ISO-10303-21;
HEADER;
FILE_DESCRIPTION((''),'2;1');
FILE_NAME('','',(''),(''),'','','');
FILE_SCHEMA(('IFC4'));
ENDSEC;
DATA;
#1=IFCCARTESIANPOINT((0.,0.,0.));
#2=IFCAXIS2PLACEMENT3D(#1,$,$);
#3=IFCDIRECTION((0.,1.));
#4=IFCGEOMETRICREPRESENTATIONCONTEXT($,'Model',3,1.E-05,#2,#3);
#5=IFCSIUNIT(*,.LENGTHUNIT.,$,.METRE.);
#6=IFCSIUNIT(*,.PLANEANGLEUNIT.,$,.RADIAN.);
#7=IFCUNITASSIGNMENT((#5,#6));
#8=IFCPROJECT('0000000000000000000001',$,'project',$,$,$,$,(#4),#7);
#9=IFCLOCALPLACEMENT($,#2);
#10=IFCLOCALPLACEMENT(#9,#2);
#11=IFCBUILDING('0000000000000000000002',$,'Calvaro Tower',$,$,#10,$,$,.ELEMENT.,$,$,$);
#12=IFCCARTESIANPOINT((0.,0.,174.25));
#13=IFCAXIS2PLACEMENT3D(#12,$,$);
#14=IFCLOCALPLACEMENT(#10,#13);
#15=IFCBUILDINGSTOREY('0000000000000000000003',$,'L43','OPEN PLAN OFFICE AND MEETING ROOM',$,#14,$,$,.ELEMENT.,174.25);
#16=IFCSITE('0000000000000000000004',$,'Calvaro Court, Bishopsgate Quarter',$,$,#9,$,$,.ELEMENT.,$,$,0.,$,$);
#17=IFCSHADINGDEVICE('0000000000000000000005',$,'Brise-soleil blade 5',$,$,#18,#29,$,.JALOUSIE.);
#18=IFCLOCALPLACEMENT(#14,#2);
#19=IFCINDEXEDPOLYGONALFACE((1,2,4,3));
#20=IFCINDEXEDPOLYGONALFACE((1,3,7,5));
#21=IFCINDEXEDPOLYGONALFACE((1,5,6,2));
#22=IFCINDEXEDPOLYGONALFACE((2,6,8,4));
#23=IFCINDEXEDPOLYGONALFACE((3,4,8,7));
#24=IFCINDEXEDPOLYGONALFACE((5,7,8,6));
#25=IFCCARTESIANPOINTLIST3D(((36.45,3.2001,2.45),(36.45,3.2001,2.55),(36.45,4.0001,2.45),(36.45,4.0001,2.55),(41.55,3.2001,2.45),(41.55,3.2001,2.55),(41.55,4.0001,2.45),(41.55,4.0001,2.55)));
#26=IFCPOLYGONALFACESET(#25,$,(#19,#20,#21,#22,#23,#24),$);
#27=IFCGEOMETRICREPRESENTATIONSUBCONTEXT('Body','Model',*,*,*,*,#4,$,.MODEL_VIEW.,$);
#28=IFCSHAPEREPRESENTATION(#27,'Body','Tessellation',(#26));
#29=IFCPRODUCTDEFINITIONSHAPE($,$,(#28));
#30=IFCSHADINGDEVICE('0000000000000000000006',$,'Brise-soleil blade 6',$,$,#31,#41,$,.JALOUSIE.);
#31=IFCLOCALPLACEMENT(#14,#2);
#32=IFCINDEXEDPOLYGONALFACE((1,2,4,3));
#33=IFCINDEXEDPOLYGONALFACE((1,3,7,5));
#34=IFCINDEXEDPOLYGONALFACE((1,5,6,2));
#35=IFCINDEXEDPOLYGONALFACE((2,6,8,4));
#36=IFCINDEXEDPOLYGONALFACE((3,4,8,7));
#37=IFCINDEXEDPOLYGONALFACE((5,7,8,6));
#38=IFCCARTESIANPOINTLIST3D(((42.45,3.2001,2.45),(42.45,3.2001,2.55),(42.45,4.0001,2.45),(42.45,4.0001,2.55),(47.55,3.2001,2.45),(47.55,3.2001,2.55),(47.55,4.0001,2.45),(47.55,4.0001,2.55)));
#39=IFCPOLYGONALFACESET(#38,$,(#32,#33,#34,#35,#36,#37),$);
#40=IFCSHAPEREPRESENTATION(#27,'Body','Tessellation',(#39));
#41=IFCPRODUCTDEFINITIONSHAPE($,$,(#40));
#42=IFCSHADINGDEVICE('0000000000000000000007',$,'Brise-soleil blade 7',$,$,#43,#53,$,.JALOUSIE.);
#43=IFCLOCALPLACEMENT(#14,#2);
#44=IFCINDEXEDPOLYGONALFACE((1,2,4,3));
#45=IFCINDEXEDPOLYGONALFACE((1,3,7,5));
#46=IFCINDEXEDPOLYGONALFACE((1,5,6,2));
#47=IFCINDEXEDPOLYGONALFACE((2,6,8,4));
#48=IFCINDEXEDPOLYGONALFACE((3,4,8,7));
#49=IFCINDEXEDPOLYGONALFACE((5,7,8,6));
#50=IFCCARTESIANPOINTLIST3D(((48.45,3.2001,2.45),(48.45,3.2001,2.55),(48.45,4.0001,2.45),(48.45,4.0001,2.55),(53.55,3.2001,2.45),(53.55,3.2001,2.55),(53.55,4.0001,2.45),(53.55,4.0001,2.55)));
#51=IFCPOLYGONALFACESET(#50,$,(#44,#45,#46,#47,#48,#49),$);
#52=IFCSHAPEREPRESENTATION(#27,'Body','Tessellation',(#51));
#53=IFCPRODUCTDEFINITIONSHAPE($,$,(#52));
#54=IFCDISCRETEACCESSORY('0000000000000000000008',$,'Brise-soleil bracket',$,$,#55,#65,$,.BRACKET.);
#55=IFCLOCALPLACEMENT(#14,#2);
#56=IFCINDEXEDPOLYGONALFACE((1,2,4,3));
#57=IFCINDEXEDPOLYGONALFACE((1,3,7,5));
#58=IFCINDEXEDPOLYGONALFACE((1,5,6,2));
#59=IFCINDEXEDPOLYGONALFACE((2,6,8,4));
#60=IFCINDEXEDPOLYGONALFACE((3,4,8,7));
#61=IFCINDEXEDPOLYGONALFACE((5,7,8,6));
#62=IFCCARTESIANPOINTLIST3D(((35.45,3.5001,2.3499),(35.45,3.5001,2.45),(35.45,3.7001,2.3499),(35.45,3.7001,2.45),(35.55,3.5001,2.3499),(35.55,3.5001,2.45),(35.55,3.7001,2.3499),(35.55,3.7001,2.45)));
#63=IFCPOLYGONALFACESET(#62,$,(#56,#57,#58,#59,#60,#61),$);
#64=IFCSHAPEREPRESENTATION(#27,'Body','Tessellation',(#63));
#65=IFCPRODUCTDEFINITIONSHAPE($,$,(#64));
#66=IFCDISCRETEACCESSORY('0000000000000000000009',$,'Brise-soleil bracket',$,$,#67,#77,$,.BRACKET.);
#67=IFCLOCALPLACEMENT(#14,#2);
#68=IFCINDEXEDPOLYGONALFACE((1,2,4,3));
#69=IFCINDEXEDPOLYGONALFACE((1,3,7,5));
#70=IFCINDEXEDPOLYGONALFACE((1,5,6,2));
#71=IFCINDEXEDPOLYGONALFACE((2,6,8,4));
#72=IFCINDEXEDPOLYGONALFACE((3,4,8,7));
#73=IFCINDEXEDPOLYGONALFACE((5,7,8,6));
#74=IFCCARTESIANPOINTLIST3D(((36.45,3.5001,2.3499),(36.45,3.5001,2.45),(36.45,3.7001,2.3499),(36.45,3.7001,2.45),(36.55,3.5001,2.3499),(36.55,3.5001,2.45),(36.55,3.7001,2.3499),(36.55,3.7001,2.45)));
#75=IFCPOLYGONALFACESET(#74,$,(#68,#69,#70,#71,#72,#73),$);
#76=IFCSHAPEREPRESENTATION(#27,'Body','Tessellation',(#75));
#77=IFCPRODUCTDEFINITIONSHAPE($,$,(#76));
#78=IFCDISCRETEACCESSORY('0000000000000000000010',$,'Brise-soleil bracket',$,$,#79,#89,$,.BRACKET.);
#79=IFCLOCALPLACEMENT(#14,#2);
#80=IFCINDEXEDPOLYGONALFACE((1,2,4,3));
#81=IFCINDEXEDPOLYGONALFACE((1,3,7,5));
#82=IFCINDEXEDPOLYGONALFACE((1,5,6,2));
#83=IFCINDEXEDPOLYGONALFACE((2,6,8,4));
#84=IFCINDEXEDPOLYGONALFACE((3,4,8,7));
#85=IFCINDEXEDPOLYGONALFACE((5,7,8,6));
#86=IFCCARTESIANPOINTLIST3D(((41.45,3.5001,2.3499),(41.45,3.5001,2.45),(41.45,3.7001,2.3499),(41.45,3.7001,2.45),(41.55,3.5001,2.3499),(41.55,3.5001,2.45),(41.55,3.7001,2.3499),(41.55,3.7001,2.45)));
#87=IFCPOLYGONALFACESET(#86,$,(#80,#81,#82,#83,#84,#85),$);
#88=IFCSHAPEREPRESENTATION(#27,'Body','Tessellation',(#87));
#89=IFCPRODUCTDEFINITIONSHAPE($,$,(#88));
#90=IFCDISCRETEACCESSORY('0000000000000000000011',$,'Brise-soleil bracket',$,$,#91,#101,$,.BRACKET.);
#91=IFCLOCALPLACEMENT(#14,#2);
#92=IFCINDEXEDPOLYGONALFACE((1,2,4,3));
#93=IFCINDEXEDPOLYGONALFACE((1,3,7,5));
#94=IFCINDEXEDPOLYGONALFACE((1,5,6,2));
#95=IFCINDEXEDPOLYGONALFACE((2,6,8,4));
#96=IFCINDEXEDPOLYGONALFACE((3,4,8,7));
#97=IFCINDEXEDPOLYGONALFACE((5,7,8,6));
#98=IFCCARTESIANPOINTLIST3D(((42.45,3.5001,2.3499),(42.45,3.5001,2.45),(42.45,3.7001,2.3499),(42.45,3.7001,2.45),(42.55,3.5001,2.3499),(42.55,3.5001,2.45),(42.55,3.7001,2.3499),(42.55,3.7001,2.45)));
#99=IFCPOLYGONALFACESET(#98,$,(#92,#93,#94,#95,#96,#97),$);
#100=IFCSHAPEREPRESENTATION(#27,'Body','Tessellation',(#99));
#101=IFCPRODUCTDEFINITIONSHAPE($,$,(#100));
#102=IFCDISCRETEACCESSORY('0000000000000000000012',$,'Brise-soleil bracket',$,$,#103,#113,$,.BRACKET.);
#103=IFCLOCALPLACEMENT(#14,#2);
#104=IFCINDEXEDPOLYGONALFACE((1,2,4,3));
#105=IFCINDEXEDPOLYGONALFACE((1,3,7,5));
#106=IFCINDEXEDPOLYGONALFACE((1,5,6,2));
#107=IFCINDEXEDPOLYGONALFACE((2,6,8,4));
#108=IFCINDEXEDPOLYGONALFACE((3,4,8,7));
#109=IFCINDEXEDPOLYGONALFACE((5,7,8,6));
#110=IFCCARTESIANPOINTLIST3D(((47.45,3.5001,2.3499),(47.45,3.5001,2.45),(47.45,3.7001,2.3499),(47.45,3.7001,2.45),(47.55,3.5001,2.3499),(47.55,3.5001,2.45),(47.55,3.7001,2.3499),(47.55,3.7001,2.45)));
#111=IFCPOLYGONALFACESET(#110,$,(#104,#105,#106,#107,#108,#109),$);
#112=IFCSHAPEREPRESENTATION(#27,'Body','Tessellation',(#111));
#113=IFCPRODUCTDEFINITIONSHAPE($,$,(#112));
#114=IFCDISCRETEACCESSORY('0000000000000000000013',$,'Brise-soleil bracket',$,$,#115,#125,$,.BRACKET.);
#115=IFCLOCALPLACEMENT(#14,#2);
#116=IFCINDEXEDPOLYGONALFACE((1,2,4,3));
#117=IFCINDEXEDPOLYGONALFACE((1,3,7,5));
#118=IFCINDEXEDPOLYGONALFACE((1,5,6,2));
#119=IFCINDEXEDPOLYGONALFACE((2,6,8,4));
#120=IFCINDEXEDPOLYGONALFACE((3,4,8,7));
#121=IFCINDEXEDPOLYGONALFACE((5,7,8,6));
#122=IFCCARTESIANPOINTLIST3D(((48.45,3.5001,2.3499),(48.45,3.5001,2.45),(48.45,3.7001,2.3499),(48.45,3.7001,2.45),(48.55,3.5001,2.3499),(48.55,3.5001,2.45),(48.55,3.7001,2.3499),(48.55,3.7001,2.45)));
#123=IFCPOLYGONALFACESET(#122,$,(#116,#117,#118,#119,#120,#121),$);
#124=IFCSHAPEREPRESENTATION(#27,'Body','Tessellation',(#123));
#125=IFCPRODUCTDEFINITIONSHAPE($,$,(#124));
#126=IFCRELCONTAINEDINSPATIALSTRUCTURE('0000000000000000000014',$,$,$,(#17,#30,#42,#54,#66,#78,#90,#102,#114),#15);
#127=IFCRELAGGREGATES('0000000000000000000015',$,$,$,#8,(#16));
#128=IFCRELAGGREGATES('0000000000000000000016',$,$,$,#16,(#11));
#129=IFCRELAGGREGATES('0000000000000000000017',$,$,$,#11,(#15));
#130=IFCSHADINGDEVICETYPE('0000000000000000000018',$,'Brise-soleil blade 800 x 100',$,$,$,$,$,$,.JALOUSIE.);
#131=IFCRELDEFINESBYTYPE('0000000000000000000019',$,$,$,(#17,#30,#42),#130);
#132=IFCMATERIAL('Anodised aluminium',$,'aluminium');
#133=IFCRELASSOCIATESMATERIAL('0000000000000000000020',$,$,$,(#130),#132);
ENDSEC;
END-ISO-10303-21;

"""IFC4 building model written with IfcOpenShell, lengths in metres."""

from ifc_helpers import new_model, si_unit, direction, frame, origin, origin_2d, place, context, subcontext, project, spatial, rectangle, extrude, material, material_profile, profile_set, type_object, element, save


model = new_model("IFC4")

# Units and contexts
model_context = context("Model", 3, precision=1e-05, world=origin(), true_north=direction((0.0, 1.0)))
body_context = subcontext(model_context, "Body", "Model", "MODEL_VIEW")
ifc_project = project(units=[si_unit("LENGTHUNIT", "METRE"), si_unit("PLANEANGLEUNIT", "RADIAN")], contexts=[model_context])

# Site, building, storey
site_placement = place(None, origin())
site = spatial("IfcSite", under=ifc_project, at=site_placement, Name="Calvaro Court, Bishopsgate Quarter", CompositionType="ELEMENT", RefElevation=0.0)
building_placement = place(site_placement, origin())
building = spatial("IfcBuilding", under=site, at=building_placement, Name="Calvaro Tower", CompositionType="ELEMENT")
storey_placement = place(building_placement, frame((0.0, 0.0, 174.25)))
storey = spatial("IfcBuildingStorey", under=building, at=storey_placement, Name="L43", Description="OPEN PLAN OFFICE AND MEETING ROOM", CompositionType="ELEMENT", Elevation=174.25)

# Shading devices
ifc_material_1 = material(Name="Anodised aluminium", Category="aluminium")
ifc_material_profile_1 = material_profile(ifc_material_1, rectangle(XDim=0.8, YDim=0.1001, at=origin_2d()), Name="Brise-soleil blade 800 x 100")
ifc_profile_set_1 = profile_set([ifc_material_profile_1], Name="Anodised aluminium")
shading_device_type = type_object("IfcShadingDeviceType", Name="Brise-soleil blade 800 x 100", PredefinedType="JALOUSIE", material=ifc_profile_set_1)
for number, where, z_axis, x_axis, name in (
    (1, (36.45, 3.6001, 2.5), (1.0, 0.0, 0.0), (0.0, 1.0, 0.0), "Brise-soleil blade 5"),
    (2, (42.45, 3.6001, 2.5), (1.0, 0.0, 0.0), (0.0, 1.0, 0.0), "Brise-soleil blade 6"),
    (3, (48.45, 3.6001, 2.5), (1.0, 0.0, 0.0), (0.0, 1.0, 0.0), "Brise-soleil blade 7"),
):
    element("IfcShadingDevice", number, at=place(storey_placement, frame(where, z_axis=z_axis, x_axis=x_axis)), inside=storey, type_object=shading_device_type, Name=name, PredefinedType="JALOUSIE", context=body_context, shape_type="SweptSolid", body=[
        extrude(rectangle(XDim=0.8, YDim=0.1001, at=origin_2d()), origin(), (0.0, 0.0, 1.0), 5.1001),
    ])

# Discrete accessories
for number, where, z_axis, x_axis, name in (
    (4, (35.5, 3.6001, 2.3499), (0.0, 0.0, 1.0), (1.0, 0.0, 0.0), "Brise-soleil bracket"),
    (5, (36.5, 3.6001, 2.3499), (0.0, 0.0, 1.0), (1.0, 0.0, 0.0), "Brise-soleil bracket"),
    (6, (41.5, 3.6001, 2.3499), (0.0, 0.0, 1.0), (1.0, 0.0, 0.0), "Brise-soleil bracket"),
    (7, (42.5, 3.6001, 2.3499), (0.0, 0.0, 1.0), (1.0, 0.0, 0.0), "Brise-soleil bracket"),
    (8, (47.5, 3.6001, 2.3499), (0.0, 0.0, 1.0), (1.0, 0.0, 0.0), "Brise-soleil bracket"),
    (9, (48.5, 3.6001, 2.3499), (0.0, 0.0, 1.0), (1.0, 0.0, 0.0), "Brise-soleil bracket"),
):
    element("IfcDiscreteAccessory", number, at=place(storey_placement, frame(where, z_axis=z_axis, x_axis=x_axis)), inside=storey, Name=name, PredefinedType="BRACKET", context=body_context, shape_type="SweptSolid", body=[
        extrude(rectangle(XDim=0.1001, YDim=0.2, at=origin_2d()), origin(), (0.0, 0.0, 1.0), 0.1001),
    ])

save(model, "model.ifc")
